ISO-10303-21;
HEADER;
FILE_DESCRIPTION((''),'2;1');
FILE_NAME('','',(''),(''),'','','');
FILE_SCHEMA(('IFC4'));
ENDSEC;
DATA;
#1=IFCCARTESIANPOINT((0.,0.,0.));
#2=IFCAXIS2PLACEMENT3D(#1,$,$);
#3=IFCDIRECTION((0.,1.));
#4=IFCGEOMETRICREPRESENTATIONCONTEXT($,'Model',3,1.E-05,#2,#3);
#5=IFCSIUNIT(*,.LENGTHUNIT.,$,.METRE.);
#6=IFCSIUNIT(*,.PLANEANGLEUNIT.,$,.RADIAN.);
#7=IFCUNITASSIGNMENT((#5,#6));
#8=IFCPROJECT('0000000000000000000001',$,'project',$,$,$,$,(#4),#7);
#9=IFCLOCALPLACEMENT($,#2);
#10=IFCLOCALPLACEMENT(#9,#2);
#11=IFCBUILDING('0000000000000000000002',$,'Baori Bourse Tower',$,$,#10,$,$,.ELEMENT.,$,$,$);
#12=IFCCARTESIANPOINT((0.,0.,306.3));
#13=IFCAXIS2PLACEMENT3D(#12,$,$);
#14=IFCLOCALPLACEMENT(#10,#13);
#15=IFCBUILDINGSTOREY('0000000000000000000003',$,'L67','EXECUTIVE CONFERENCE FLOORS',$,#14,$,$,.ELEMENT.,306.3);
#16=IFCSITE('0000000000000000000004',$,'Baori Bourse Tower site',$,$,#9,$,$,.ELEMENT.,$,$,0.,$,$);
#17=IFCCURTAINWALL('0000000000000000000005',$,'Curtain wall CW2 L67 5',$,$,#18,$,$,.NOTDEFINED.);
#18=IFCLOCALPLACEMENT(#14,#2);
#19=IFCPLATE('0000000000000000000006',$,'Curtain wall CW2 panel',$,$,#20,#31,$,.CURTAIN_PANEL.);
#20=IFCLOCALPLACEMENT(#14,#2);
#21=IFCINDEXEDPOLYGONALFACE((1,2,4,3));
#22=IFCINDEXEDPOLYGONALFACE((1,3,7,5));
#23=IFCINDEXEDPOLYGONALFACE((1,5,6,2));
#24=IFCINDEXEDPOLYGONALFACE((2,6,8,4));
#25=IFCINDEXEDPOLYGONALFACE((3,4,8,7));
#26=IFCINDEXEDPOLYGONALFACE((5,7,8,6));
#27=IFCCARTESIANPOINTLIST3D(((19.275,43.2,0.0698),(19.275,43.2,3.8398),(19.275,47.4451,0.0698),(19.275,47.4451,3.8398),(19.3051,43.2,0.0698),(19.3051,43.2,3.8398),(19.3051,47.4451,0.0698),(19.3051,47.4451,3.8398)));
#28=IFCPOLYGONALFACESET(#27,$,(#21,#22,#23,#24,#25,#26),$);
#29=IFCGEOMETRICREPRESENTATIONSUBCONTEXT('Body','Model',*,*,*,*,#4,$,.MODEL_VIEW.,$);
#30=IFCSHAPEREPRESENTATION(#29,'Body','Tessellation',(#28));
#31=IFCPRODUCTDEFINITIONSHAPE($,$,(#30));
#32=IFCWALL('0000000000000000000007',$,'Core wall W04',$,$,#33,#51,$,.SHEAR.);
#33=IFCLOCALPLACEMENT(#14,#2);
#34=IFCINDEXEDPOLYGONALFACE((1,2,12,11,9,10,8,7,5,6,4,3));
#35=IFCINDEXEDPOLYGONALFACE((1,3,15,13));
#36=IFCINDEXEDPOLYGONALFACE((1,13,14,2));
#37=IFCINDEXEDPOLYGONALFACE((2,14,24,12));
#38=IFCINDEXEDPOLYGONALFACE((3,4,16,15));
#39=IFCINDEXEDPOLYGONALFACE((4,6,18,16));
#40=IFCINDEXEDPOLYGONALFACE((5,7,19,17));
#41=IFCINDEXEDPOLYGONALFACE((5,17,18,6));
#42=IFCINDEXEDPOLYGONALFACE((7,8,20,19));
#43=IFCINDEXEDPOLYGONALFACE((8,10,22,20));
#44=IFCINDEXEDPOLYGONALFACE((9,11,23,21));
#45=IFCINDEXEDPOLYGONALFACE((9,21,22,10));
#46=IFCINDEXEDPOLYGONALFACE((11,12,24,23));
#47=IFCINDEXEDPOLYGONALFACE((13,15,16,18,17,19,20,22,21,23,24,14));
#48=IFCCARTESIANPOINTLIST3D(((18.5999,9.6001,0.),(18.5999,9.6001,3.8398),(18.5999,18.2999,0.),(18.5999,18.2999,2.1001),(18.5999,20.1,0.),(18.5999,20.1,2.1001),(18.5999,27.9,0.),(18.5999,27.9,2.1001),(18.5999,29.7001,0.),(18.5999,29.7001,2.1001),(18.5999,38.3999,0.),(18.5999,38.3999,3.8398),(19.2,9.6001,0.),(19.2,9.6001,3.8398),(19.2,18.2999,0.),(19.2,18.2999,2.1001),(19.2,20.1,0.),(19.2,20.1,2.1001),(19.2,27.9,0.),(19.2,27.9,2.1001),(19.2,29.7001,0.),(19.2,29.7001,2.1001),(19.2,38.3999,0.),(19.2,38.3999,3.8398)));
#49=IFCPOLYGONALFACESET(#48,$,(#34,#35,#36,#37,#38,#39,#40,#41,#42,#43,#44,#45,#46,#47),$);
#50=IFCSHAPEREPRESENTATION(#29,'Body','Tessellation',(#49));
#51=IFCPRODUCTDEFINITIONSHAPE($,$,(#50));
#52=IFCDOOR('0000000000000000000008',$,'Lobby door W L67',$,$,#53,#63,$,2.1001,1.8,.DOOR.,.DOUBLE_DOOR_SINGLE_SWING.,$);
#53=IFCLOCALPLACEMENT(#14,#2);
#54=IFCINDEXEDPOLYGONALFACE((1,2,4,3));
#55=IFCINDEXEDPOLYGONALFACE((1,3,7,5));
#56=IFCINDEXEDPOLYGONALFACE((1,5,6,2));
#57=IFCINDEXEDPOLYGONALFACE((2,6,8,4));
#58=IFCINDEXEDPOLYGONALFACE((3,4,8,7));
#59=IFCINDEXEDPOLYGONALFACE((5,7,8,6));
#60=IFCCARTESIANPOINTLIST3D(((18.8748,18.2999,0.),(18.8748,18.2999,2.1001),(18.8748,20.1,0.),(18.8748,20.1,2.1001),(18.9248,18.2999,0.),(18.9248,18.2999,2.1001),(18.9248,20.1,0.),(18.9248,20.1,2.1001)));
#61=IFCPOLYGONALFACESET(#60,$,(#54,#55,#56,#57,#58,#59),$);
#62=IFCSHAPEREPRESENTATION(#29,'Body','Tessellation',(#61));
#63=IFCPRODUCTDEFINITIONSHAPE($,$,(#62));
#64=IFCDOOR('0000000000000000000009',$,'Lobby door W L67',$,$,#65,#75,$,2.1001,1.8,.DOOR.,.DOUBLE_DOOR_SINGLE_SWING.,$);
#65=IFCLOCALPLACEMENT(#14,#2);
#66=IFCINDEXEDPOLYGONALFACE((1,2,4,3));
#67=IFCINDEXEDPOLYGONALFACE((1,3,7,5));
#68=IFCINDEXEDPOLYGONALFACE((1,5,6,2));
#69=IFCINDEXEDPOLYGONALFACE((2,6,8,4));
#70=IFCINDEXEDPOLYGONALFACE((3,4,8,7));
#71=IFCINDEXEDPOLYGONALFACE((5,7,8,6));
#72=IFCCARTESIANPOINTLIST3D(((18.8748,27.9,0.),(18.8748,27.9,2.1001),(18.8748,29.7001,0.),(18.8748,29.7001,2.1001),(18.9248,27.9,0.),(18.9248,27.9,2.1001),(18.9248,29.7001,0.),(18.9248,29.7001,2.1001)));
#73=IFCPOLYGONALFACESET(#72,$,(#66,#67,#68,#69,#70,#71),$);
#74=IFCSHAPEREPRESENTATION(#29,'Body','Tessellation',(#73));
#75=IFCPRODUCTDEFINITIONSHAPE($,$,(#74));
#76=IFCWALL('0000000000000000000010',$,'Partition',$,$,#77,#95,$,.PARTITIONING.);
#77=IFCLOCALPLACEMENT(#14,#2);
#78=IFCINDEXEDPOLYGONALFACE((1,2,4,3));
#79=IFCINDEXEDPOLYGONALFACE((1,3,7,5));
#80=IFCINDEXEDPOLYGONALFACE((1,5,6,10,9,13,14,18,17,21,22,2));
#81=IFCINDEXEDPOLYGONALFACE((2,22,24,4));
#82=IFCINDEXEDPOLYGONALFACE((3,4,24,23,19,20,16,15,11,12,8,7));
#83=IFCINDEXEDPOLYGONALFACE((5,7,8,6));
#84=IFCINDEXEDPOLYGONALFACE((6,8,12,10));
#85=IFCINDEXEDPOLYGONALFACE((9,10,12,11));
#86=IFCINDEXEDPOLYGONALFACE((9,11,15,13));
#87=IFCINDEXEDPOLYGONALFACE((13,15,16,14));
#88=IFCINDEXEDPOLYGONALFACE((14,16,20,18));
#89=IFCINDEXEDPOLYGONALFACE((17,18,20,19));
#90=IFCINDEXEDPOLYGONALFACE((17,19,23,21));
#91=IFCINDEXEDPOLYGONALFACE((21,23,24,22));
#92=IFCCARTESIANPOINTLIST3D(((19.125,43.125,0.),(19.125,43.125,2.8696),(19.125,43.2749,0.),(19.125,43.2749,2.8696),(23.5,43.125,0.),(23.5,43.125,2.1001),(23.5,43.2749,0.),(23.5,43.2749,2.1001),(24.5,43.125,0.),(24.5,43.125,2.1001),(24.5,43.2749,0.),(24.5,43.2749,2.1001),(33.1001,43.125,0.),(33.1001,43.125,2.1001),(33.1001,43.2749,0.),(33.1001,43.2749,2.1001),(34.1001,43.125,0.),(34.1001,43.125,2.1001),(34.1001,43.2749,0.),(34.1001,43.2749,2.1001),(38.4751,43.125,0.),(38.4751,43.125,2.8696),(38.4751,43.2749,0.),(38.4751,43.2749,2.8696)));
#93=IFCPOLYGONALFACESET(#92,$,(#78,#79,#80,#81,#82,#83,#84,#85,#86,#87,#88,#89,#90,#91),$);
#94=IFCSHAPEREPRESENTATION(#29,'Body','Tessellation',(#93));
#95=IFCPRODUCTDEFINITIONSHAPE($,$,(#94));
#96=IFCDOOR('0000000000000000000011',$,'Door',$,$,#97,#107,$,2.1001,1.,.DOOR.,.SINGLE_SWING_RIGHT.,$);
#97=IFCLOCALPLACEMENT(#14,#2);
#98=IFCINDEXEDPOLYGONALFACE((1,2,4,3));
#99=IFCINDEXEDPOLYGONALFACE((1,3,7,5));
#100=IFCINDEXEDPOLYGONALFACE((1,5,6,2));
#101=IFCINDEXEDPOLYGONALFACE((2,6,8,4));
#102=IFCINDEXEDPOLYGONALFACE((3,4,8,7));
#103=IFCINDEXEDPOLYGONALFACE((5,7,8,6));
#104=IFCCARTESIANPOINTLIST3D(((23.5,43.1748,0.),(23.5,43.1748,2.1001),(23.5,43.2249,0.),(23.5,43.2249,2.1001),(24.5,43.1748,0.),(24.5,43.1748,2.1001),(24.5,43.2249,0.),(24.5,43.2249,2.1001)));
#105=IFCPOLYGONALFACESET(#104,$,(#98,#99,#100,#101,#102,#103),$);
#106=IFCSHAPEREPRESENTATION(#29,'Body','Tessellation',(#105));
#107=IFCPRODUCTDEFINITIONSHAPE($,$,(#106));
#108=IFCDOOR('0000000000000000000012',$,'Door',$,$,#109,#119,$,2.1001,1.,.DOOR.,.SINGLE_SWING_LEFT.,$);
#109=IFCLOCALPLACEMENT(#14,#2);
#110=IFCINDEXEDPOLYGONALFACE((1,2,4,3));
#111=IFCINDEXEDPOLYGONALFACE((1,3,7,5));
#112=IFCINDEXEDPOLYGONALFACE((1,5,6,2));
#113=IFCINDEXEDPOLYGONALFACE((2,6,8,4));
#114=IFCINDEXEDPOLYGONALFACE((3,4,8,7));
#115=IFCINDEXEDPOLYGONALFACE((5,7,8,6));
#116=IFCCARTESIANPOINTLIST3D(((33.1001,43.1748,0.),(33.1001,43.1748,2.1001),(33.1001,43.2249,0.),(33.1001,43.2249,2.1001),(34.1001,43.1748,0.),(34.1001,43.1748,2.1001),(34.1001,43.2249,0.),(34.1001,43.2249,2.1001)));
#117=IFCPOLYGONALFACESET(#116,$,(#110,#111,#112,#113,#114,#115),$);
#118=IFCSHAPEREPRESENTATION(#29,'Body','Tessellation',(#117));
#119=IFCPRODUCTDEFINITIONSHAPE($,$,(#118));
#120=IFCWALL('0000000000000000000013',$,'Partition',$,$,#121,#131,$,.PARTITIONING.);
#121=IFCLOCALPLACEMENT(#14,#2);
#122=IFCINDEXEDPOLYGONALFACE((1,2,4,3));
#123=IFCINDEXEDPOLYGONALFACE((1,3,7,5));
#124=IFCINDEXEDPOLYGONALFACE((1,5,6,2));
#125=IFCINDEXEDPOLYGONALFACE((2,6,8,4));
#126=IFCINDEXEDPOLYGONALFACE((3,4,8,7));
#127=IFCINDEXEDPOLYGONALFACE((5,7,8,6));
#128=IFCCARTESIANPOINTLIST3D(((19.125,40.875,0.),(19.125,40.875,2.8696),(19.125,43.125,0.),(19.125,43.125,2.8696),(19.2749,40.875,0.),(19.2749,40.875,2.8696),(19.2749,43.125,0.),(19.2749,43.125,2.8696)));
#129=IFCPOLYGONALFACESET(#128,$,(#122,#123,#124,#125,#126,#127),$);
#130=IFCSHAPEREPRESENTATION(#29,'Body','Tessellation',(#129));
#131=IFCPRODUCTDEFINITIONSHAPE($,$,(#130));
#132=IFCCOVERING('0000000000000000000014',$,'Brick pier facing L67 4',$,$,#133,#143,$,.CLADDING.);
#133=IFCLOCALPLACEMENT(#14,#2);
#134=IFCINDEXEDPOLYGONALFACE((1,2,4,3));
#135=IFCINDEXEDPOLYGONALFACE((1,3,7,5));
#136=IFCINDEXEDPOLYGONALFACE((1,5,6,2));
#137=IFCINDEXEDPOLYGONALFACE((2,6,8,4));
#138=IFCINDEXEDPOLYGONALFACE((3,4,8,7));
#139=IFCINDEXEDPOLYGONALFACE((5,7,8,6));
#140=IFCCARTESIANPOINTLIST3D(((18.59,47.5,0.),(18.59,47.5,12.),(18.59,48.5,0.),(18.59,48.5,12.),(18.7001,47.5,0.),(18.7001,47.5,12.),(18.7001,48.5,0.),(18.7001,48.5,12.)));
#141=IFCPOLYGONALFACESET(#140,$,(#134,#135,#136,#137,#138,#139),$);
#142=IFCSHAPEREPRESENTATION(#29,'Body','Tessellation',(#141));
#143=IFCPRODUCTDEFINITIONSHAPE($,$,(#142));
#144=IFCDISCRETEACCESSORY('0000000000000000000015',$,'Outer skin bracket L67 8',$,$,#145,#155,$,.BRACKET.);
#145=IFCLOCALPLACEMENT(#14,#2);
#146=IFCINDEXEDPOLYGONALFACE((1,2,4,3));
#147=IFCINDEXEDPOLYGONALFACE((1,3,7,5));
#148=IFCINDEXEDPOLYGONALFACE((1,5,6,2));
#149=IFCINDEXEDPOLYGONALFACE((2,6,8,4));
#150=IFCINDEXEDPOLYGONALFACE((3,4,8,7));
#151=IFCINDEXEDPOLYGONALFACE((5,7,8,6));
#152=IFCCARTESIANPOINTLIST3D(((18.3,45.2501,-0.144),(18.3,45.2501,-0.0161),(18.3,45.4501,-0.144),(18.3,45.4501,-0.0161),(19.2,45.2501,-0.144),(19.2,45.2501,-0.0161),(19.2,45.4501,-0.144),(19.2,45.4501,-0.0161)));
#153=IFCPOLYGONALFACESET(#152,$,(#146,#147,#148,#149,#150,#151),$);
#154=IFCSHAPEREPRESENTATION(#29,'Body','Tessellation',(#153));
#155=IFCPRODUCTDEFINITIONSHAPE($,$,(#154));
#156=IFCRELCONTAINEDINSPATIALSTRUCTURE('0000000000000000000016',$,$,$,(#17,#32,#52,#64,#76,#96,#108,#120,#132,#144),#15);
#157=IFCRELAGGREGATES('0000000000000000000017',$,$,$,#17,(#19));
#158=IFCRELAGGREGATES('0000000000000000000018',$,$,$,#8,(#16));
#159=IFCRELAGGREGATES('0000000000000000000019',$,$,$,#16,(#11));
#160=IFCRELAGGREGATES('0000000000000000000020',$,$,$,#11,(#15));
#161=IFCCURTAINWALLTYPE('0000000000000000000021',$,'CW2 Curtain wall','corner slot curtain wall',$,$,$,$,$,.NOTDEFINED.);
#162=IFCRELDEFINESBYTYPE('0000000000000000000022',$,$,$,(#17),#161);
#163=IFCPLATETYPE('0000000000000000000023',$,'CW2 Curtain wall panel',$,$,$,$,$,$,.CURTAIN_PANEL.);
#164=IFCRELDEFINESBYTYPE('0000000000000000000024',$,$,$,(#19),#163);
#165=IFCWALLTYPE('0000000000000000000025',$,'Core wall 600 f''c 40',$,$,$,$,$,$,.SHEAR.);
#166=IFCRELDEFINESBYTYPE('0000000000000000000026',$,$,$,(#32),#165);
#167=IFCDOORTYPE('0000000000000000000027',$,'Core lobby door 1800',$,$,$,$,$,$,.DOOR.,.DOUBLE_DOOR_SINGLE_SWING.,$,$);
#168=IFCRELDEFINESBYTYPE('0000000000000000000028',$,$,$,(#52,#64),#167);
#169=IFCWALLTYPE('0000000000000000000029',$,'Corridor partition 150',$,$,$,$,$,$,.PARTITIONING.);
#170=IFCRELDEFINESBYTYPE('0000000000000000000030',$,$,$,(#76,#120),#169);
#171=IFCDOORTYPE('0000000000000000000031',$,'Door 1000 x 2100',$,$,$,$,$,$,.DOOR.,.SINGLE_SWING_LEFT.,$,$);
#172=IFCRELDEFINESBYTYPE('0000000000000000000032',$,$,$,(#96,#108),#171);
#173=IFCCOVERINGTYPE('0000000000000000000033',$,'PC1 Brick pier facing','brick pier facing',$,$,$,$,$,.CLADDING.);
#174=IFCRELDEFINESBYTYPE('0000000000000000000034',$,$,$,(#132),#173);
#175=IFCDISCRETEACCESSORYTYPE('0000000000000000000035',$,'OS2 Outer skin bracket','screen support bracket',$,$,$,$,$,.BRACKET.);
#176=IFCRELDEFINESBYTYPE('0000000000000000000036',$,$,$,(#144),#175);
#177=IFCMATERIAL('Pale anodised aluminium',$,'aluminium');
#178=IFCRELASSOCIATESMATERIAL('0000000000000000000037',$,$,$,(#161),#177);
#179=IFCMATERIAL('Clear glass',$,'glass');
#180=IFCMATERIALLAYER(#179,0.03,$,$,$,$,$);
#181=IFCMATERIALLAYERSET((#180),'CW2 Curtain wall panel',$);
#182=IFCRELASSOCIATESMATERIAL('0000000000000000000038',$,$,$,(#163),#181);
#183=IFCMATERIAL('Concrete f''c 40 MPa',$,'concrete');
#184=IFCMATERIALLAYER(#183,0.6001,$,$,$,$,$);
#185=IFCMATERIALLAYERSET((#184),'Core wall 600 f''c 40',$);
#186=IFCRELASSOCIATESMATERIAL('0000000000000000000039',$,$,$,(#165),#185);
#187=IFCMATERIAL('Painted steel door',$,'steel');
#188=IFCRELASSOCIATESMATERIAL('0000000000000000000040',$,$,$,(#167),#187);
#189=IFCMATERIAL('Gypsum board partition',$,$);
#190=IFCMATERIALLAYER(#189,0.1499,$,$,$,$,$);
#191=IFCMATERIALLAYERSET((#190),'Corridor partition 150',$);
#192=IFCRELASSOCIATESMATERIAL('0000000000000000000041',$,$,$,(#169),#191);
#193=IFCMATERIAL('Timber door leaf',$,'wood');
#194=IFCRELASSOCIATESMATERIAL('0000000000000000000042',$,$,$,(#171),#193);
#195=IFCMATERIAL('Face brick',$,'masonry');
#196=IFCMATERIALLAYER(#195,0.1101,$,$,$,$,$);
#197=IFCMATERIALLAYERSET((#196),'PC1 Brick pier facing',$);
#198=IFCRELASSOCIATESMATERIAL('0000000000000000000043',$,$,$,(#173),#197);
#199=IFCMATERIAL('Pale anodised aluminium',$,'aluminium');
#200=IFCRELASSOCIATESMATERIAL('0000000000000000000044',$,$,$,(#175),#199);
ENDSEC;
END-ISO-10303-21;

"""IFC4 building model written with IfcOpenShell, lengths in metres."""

from ifc_helpers import new_model, si_unit, direction, frame, frame_2d, origin, origin_2d, place, context, subcontext, project, spatial, rectangle, extrude, material, layer, layer_set, type_object, element, fill, aggregate, save


model = new_model("IFC4")

# Units and contexts
model_context = context("Model", 3, precision=1e-05, world=origin(), true_north=direction((0.0, 1.0)))
body_context = subcontext(model_context, "Body", "Model", "MODEL_VIEW")
ifc_project = project(units=[si_unit("LENGTHUNIT", "METRE"), si_unit("PLANEANGLEUNIT", "RADIAN")], contexts=[model_context])

# Site, building, storey
site_placement = place(None, origin())
site = spatial("IfcSite", under=ifc_project, at=site_placement, Name="Baori Bourse Tower site", CompositionType="ELEMENT", RefElevation=0.0)
building_placement = place(site_placement, origin())
building = spatial("IfcBuilding", under=site, at=building_placement, Name="Baori Bourse Tower", CompositionType="ELEMENT")
storey_placement = place(building_placement, frame((0.0, 0.0, 306.3)))
storey = spatial("IfcBuildingStorey", under=building, at=storey_placement, Name="L67", Description="EXECUTIVE CONFERENCE FLOORS", CompositionType="ELEMENT", Elevation=306.3)

# Curtain wall
ifc_material_1 = material(Name="Pale anodised aluminium", Category="aluminium")
curtain_wall_type = type_object("IfcCurtainWallType", Name="CW2 Curtain wall", Description="corner slot curtain wall", PredefinedType="NOTDEFINED", material=ifc_material_1)
curtain_wall_1_placement = place(storey_placement, origin())
curtain_wall_1 = element("IfcCurtainWall", 1, at=curtain_wall_1_placement, inside=storey, type_object=curtain_wall_type, Name="Curtain wall CW2 L67 5", PredefinedType="NOTDEFINED")

# Plate
ifc_material_2 = material(Name="Clear glass", Category="glass")
ifc_layer_1 = layer(ifc_material_2, 0.03)
ifc_layer_set_1 = layer_set([ifc_layer_1], Name="CW2 Curtain wall panel")
plate_type = type_object("IfcPlateType", Name="CW2 Curtain wall panel", PredefinedType="CURTAIN_PANEL", material=ifc_layer_set_1)
plate_placement = place(storey_placement, frame((19.29, 45.3225, 0.0698), z_axis=(0.0, 0.0, 1.0), x_axis=(0.0, -1.0, 0.0)))
plate = element("IfcPlate", 2, at=plate_placement, type_object=plate_type, Name="Curtain wall CW2 panel", PredefinedType="CURTAIN_PANEL", context=body_context, shape_type="SweptSolid", body=[
    extrude(rectangle(XDim=4.2451, YDim=0.03, at=origin_2d()), origin(), (0.0, 0.0, 1.0), 3.77),
])
aggregate(curtain_wall_1, [plate])

# Walls, openings, doors
ifc_material_3 = material(Name="Concrete f'c 40 MPa", Category="concrete")
ifc_layer_2 = layer(ifc_material_3, 0.6001)
ifc_layer_set_2 = layer_set([ifc_layer_2], Name="Core wall 600 f'c 40")
wall_type_1 = type_object("IfcWallType", Name="Core wall 600 f'c 40", PredefinedType="SHEAR", material=ifc_layer_set_2)
wall_1_placement = place(storey_placement, frame((18.8999, 38.3999, 0.0), z_axis=(0.0, 0.0, 1.0), x_axis=(0.0, -1.0, 0.0)))
wall_1 = element("IfcWall", 3, at=wall_1_placement, inside=storey, type_object=wall_type_1, Name="Core wall W04", PredefinedType="SHEAR", context=body_context, shape_type="SweptSolid", body=[
    extrude(rectangle(XDim=28.7998, YDim=0.6001, at=frame_2d((14.3999, 0.0))), origin(), (0.0, 0.0, 1.0), 3.8398),
])
opening_1_placement = place(wall_1_placement, frame((18.3, 0.0, 0.0)))
opening_1 = element("IfcOpeningElement", 4, at=opening_1_placement, cuts=wall_1, PredefinedType="OPENING", context=body_context, shape_type="SweptSolid", body=[
    extrude(rectangle(XDim=1.8, YDim=2.1001, at=frame_2d((0.8999, 1.05))), frame((0.0, 0.3101, 0.0), z_axis=(0.0, -1.0, 0.0), x_axis=(1.0, 0.0, 0.0)), (0.0, 0.0, 1.0), 0.6201),
])
opening_2_placement = place(wall_1_placement, frame((8.7, 0.0, 0.0)))
opening_2 = element("IfcOpeningElement", 5, at=opening_2_placement, cuts=wall_1, PredefinedType="OPENING", context=body_context, shape_type="SweptSolid", body=[
    extrude(rectangle(XDim=1.8, YDim=2.1001, at=frame_2d((0.8999, 1.05))), frame((0.0, 0.3101, 0.0), z_axis=(0.0, -1.0, 0.0), x_axis=(1.0, 0.0, 0.0)), (0.0, 0.0, 1.0), 0.6201),
])
ifc_material_4 = material(Name="Painted steel door", Category="steel")
door_type_1 = type_object("IfcDoorType", Name="Core lobby door 1800", OperationType="DOUBLE_DOOR_SINGLE_SWING", PredefinedType="DOOR", material=ifc_material_4)
door_1_placement = place(opening_1_placement, origin())
door_1 = element("IfcDoor", 6, at=door_1_placement, inside=storey, type_object=door_type_1, Name="Lobby door W L67", OperationType="DOUBLE_DOOR_SINGLE_SWING", OverallHeight=2.1001, OverallWidth=1.8, PredefinedType="DOOR", context=body_context, shape_type="SweptSolid", body=[
    extrude(rectangle(XDim=1.8, YDim=2.1001, at=frame_2d((0.8999, 1.05))), frame((0.0, 0.0249, 0.0), z_axis=(0.0, -1.0, 0.0), x_axis=(1.0, 0.0, 0.0)), (0.0, 0.0, 1.0), 0.05),
])
fill(opening_1, door_1)
door_2_placement = place(opening_2_placement, origin())
door_2 = element("IfcDoor", 7, at=door_2_placement, inside=storey, type_object=door_type_1, Name="Lobby door W L67", OperationType="DOUBLE_DOOR_SINGLE_SWING", OverallHeight=2.1001, OverallWidth=1.8, PredefinedType="DOOR", context=body_context, shape_type="SweptSolid", body=[
    extrude(rectangle(XDim=1.8, YDim=2.1001, at=frame_2d((0.8999, 1.05))), frame((0.0, 0.0249, 0.0), z_axis=(0.0, -1.0, 0.0), x_axis=(1.0, 0.0, 0.0)), (0.0, 0.0, 1.0), 0.05),
])
fill(opening_2, door_2)
ifc_material_5 = material(Name="Gypsum board partition")
ifc_layer_3 = layer(ifc_material_5, 0.1499)
ifc_layer_set_3 = layer_set([ifc_layer_3], Name="Corridor partition 150")
wall_type_2 = type_object("IfcWallType", Name="Corridor partition 150", PredefinedType="PARTITIONING", material=ifc_layer_set_3)
wall_2_placement = place(storey_placement, frame((19.125, 43.2, 0.0), z_axis=(0.0, 0.0, 1.0), x_axis=(1.0, 0.0, 0.0)))
wall_2 = element("IfcWall", 8, at=wall_2_placement, inside=storey, type_object=wall_type_2, Name="Partition", PredefinedType="PARTITIONING", context=body_context, shape_type="SweptSolid", body=[
    extrude(rectangle(XDim=19.3501, YDim=0.1499, at=frame_2d((9.675, 0.0))), origin(), (0.0, 0.0, 1.0), 2.8696),
])
opening_3_placement = place(wall_2_placement, frame((4.375, 0.0, 0.0)))
opening_3 = element("IfcOpeningElement", 9, at=opening_3_placement, cuts=wall_2, PredefinedType="OPENING", context=body_context, shape_type="SweptSolid", body=[
    extrude(rectangle(XDim=1.0, YDim=2.1001, at=frame_2d((0.5, 1.05))), frame((0.0, 0.085, 0.0), z_axis=(0.0, -1.0, 0.0), x_axis=(1.0, 0.0, 0.0)), (0.0, 0.0, 1.0), 0.1699),
])
opening_4_placement = place(wall_2_placement, frame((13.9751, 0.0, 0.0)))
opening_4 = element("IfcOpeningElement", 10, at=opening_4_placement, cuts=wall_2, PredefinedType="OPENING", context=body_context, shape_type="SweptSolid", body=[
    extrude(rectangle(XDim=1.0, YDim=2.1001, at=frame_2d((0.5, 1.05))), frame((0.0, 0.085, 0.0), z_axis=(0.0, -1.0, 0.0), x_axis=(1.0, 0.0, 0.0)), (0.0, 0.0, 1.0), 0.1699),
])
ifc_material_6 = material(Name="Timber door leaf", Category="wood")
door_type_2 = type_object("IfcDoorType", Name="Door 1000 x 2100", OperationType="SINGLE_SWING_LEFT", PredefinedType="DOOR", material=ifc_material_6)
door_3_placement = place(opening_3_placement, origin())
door_3 = element("IfcDoor", 11, at=door_3_placement, inside=storey, type_object=door_type_2, Name="Door", OperationType="SINGLE_SWING_RIGHT", OverallHeight=2.1001, OverallWidth=1.0, PredefinedType="DOOR", context=body_context, shape_type="SweptSolid", body=[
    extrude(rectangle(XDim=1.0, YDim=2.1001, at=frame_2d((0.5, 1.05))), frame((0.0, 0.0249, 0.0), z_axis=(0.0, -1.0, 0.0), x_axis=(1.0, 0.0, 0.0)), (0.0, 0.0, 1.0), 0.05),
])
fill(opening_3, door_3)
door_4_placement = place(opening_4_placement, origin())
door_4 = element("IfcDoor", 12, at=door_4_placement, inside=storey, type_object=door_type_2, Name="Door", OperationType="SINGLE_SWING_LEFT", OverallHeight=2.1001, OverallWidth=1.0, PredefinedType="DOOR", context=body_context, shape_type="SweptSolid", body=[
    extrude(rectangle(XDim=1.0, YDim=2.1001, at=frame_2d((0.5, 1.05))), frame((0.0, 0.0249, 0.0), z_axis=(0.0, -1.0, 0.0), x_axis=(1.0, 0.0, 0.0)), (0.0, 0.0, 1.0), 0.05),
])
fill(opening_4, door_4)

# Wall
wall_3_placement = place(storey_placement, frame((19.2, 40.875, 0.0), z_axis=(0.0, 0.0, 1.0), x_axis=(0.0, 1.0, 0.0)))
element("IfcWall", 13, at=wall_3_placement, inside=storey, type_object=wall_type_2, Name="Partition", PredefinedType="PARTITIONING", context=body_context, shape_type="SweptSolid", body=[
    extrude(rectangle(XDim=2.25, YDim=0.1499, at=frame_2d((1.125, 0.0))), origin(), (0.0, 0.0, 1.0), 2.8696),
])

# Covering
ifc_material_7 = material(Name="Face brick", Category="masonry")
ifc_layer_4 = layer(ifc_material_7, 0.1101)
ifc_layer_set_4 = layer_set([ifc_layer_4], Name="PC1 Brick pier facing")
covering_type = type_object("IfcCoveringType", Name="PC1 Brick pier facing", Description="brick pier facing", PredefinedType="CLADDING", material=ifc_layer_set_4)
covering_placement = place(storey_placement, frame((18.645, 48.0, 0.0), z_axis=(0.0, 0.0, 1.0), x_axis=(1.0, 0.0, 0.0)))
element("IfcCovering", 14, at=covering_placement, inside=storey, type_object=covering_type, Name="Brick pier facing L67 4", PredefinedType="CLADDING", context=body_context, shape_type="SweptSolid", body=[
    extrude(rectangle(XDim=0.1101, YDim=1.0, at=origin_2d()), origin(), (0.0, 0.0, 1.0), 12.0),
])

# Discrete accessory
ifc_material_8 = material(Name="Pale anodised aluminium", Category="aluminium")
discrete_accessory_type = type_object("IfcDiscreteAccessoryType", Name="OS2 Outer skin bracket", Description="screen support bracket", PredefinedType="BRACKET", material=ifc_material_8)
discrete_accessory_placement = place(storey_placement, frame((18.75, 45.3501, -0.144), z_axis=(0.0, 0.0, 1.0), x_axis=(0.0, -1.0, 0.0)))
element("IfcDiscreteAccessory", 15, at=discrete_accessory_placement, inside=storey, type_object=discrete_accessory_type, Name="Outer skin bracket L67 8", PredefinedType="BRACKET", context=body_context, shape_type="SweptSolid", body=[
    extrude(rectangle(XDim=0.2, YDim=0.8999, at=origin_2d()), origin(), (0.0, 0.0, 1.0), 0.1279),
])

save(model, "model.ifc")
